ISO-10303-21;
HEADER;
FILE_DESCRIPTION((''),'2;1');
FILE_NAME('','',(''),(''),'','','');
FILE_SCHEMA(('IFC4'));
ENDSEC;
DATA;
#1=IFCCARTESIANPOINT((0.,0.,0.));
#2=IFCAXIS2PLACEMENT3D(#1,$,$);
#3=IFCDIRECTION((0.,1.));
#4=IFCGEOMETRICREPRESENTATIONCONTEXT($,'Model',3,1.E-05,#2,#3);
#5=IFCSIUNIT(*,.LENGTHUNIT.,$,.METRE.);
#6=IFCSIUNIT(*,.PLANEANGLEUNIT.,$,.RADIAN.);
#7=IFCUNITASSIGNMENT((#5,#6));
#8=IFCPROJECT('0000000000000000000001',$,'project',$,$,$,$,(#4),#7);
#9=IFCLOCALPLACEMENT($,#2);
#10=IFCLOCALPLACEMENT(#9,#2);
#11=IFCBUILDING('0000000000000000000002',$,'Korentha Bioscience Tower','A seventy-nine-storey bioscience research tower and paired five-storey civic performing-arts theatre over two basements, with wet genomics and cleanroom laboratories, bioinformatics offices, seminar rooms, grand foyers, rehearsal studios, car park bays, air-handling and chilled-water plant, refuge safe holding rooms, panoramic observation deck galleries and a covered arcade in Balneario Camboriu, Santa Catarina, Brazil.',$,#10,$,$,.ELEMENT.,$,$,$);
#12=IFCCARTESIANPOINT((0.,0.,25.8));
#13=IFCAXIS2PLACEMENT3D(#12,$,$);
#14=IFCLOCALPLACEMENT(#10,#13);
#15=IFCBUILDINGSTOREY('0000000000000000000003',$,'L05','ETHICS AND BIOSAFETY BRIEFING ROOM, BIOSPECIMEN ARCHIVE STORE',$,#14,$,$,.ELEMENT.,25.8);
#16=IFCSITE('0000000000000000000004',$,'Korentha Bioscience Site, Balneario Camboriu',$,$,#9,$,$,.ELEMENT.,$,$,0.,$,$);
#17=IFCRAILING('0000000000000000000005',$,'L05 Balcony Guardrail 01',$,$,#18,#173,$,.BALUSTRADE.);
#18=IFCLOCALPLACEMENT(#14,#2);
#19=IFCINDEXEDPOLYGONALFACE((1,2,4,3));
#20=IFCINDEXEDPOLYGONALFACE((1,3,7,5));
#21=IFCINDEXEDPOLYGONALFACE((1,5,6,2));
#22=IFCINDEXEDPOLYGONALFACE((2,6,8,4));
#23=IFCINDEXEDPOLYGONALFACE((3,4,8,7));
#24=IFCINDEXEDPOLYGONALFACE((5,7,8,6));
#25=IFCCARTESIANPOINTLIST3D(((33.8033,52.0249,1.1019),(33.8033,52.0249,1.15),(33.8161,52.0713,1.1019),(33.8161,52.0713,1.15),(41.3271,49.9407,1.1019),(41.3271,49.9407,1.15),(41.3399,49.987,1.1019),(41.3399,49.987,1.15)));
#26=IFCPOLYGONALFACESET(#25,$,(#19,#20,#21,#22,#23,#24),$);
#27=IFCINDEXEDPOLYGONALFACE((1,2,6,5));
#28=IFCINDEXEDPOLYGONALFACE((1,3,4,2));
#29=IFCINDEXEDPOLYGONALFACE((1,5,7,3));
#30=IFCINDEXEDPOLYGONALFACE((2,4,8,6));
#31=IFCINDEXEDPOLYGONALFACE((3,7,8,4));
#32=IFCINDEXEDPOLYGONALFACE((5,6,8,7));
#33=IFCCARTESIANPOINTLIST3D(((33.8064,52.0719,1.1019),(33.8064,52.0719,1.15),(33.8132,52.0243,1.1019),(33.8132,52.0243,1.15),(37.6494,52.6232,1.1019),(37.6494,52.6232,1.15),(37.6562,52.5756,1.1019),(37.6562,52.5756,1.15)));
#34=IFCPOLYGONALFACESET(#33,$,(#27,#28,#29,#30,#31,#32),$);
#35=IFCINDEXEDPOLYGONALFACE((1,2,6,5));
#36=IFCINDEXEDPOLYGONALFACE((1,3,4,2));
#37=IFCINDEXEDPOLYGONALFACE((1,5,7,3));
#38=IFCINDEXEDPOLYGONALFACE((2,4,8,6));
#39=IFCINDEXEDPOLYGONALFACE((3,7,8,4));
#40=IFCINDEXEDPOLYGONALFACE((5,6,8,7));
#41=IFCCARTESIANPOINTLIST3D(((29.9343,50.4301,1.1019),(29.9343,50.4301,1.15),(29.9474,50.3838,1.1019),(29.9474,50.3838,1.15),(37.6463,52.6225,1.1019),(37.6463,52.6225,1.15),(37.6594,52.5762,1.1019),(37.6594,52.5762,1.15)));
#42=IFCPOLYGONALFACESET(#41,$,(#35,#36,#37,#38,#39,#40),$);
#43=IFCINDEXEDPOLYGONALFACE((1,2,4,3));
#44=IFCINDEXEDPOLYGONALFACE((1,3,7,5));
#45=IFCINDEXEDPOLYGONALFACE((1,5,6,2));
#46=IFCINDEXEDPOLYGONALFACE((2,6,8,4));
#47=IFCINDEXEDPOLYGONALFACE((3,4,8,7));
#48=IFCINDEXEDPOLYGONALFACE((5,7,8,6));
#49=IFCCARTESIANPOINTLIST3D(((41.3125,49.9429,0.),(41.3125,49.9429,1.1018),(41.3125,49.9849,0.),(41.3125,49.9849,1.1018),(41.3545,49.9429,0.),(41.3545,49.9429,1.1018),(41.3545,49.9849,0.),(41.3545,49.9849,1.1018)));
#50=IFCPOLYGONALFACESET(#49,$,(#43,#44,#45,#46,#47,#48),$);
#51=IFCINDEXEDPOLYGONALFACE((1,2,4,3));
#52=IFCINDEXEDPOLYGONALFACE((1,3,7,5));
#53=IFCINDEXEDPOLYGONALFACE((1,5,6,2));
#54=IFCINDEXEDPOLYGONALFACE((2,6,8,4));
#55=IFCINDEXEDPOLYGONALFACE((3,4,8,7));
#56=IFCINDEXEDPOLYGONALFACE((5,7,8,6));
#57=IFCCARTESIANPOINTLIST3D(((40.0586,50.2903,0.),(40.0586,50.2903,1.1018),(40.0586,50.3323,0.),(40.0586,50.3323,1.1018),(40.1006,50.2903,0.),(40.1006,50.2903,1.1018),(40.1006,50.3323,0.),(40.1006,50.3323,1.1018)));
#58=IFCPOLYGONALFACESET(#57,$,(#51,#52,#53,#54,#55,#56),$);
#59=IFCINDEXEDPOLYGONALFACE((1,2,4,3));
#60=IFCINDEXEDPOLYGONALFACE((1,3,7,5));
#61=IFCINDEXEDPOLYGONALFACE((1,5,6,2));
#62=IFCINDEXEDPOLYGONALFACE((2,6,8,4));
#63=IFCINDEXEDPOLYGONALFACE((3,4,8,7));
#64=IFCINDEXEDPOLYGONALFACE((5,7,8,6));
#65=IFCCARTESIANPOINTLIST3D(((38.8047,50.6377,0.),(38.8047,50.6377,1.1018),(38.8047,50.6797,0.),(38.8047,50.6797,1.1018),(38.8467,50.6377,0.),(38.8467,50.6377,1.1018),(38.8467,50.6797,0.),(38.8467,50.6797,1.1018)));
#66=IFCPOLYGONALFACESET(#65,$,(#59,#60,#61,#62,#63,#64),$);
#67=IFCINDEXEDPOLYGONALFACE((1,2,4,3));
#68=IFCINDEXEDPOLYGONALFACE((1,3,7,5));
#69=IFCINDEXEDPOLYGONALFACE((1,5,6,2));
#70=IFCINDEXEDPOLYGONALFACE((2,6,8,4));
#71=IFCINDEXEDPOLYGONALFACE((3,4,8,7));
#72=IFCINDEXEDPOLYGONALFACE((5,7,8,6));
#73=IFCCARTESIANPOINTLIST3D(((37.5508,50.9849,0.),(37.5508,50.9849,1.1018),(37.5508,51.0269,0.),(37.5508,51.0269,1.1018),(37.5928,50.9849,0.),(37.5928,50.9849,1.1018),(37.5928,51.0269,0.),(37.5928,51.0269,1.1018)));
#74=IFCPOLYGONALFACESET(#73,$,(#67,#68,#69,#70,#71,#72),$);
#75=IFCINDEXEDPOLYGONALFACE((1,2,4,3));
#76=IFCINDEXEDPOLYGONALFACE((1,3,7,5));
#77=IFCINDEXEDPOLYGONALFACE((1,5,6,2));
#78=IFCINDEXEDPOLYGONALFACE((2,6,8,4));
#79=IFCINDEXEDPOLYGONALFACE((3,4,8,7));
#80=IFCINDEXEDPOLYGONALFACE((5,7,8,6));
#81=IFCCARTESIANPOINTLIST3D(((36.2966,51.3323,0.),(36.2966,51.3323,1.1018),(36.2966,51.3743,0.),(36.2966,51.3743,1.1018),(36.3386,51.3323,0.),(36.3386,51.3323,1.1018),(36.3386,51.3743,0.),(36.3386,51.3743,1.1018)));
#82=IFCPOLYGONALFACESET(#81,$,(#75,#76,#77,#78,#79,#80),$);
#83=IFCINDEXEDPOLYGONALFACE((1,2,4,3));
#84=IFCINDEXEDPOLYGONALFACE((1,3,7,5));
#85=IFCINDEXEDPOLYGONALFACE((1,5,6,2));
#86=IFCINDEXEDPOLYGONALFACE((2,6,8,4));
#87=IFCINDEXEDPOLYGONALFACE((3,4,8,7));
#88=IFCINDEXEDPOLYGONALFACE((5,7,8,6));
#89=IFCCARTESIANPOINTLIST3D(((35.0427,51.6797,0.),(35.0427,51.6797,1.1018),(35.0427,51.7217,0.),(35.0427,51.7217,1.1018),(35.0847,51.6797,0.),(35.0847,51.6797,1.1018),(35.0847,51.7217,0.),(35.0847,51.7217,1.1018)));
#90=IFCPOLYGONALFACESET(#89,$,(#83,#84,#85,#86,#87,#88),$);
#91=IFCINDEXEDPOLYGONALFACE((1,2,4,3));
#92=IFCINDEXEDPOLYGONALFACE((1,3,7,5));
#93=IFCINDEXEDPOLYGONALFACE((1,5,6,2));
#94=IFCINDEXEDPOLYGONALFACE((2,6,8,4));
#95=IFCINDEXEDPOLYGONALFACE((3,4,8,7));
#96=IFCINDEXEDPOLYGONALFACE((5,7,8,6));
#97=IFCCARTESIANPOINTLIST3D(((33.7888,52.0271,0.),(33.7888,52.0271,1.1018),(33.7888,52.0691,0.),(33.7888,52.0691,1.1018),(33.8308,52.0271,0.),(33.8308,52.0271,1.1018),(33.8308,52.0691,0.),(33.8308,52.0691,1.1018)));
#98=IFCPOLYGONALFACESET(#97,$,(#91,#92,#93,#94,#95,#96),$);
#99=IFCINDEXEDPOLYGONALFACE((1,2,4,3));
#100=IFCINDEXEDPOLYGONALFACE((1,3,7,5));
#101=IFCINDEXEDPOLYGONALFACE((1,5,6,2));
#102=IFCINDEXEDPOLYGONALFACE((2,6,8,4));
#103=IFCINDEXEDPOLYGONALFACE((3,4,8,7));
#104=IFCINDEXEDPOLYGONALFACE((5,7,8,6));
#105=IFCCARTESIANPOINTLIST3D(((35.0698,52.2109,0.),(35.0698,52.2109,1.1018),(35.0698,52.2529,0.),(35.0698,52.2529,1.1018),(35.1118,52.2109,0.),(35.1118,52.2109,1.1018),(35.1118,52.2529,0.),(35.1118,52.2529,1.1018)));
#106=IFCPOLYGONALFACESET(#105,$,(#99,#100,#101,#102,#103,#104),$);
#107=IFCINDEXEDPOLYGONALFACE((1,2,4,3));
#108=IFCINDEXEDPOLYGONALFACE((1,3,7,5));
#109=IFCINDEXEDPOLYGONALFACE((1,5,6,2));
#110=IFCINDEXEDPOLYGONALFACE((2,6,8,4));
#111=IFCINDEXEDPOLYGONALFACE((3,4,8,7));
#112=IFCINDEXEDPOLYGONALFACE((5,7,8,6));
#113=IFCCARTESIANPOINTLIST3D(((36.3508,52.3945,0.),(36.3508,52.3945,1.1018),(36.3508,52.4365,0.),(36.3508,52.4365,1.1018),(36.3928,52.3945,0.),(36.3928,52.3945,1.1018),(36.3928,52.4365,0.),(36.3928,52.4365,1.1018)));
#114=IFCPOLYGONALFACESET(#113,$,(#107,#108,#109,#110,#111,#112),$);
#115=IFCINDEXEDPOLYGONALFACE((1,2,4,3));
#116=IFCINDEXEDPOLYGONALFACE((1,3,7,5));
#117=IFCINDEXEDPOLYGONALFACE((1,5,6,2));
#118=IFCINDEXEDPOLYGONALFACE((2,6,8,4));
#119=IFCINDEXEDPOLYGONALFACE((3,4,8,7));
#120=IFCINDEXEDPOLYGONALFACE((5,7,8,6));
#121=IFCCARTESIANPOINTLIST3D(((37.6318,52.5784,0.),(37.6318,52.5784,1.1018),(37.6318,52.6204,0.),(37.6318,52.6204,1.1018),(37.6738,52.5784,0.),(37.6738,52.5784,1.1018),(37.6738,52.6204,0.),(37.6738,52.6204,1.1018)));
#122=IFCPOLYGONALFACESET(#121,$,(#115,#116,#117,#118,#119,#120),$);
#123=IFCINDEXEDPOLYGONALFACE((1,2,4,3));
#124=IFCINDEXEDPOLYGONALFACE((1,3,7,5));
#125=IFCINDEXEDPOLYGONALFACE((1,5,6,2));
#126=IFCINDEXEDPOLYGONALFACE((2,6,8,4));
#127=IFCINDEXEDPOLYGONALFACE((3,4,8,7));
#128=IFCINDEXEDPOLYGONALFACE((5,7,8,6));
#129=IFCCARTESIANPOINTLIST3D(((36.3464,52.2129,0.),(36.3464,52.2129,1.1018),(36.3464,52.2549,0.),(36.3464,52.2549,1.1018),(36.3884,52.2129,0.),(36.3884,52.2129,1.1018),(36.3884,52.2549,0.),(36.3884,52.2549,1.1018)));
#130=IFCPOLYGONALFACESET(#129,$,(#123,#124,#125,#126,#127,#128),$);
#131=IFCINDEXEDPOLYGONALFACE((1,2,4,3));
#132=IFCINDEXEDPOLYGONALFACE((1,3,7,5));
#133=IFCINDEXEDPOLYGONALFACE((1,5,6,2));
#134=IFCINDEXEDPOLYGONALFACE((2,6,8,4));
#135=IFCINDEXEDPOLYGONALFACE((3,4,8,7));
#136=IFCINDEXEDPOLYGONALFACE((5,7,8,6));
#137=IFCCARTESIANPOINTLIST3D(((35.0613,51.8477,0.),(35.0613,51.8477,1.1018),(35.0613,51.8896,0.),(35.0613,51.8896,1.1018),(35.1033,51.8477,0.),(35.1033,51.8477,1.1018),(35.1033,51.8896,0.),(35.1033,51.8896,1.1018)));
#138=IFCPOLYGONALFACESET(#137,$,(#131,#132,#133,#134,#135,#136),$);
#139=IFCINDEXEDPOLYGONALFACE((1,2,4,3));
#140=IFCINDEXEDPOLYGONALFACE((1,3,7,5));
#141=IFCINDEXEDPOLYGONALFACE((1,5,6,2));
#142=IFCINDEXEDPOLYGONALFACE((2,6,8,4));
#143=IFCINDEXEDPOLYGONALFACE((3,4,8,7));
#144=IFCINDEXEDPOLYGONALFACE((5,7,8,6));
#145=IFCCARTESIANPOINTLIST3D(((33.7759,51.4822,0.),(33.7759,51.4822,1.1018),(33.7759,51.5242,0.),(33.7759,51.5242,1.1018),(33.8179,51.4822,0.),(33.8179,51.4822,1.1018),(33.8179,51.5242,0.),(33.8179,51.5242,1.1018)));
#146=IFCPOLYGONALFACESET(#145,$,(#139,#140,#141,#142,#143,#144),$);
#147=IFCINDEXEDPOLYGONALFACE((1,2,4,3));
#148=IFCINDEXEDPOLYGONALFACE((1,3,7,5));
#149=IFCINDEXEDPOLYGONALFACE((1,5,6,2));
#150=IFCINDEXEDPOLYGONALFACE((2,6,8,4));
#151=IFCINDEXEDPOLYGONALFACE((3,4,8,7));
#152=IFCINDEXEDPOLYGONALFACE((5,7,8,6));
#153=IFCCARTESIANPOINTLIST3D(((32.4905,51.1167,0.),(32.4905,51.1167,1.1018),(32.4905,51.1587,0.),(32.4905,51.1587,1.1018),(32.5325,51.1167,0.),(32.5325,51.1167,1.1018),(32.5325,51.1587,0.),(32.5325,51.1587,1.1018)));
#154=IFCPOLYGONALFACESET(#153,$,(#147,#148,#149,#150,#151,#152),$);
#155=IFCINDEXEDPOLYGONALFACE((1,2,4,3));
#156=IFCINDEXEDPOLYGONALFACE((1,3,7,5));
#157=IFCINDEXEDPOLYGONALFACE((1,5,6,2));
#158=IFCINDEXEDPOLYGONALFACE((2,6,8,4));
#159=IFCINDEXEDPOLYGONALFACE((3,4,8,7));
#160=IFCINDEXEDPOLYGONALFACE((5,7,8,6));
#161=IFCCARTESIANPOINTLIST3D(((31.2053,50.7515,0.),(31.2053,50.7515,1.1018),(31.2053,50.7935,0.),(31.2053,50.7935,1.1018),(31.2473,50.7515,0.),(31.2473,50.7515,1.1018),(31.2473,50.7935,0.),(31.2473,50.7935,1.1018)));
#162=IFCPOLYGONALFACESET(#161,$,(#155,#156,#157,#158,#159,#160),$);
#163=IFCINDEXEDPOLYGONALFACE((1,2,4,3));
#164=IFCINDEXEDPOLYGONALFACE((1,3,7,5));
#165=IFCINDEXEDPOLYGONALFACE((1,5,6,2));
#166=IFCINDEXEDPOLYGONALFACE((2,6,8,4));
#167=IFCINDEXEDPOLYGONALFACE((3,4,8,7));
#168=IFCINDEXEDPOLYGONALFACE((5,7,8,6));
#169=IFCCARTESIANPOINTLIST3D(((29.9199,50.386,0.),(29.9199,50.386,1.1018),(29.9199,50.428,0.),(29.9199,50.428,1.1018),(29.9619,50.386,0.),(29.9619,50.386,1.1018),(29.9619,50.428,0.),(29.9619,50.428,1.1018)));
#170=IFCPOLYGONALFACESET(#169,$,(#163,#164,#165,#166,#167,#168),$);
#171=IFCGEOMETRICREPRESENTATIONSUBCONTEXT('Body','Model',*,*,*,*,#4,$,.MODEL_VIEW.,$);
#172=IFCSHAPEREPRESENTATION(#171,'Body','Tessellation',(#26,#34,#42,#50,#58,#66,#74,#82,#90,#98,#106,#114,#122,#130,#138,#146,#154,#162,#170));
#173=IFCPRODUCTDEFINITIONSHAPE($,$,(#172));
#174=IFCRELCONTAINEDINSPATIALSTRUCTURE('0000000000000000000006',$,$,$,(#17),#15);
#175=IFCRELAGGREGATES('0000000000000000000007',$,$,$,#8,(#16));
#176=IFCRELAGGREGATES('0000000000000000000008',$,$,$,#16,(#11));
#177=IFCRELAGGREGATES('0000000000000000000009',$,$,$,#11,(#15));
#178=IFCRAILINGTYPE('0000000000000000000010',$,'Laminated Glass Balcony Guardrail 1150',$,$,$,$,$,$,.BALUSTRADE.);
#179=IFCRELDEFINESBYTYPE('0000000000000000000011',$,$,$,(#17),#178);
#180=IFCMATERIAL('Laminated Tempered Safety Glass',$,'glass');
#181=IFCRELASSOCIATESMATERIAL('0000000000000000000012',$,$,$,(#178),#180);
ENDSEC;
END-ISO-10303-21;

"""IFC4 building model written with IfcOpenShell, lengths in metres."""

from ifc_helpers import new_model, si_unit, direction, frame, origin, origin_2d, place, context, subcontext, project, spatial, rectangle, extrude, material, type_object, element, save


model = new_model("IFC4")

# Units and contexts
model_context = context("Model", 3, precision=1e-05, world=origin(), true_north=direction((0.0, 1.0)))
body_context = subcontext(model_context, "Body", "Model", "MODEL_VIEW")
ifc_project = project(units=[si_unit("LENGTHUNIT", "METRE"), si_unit("PLANEANGLEUNIT", "RADIAN")], contexts=[model_context])

# Site, building, storey
site_placement = place(None, origin())
site = spatial("IfcSite", under=ifc_project, at=site_placement, Name="Korentha Bioscience Site, Balneario Camboriu", CompositionType="ELEMENT", RefElevation=0.0)
building_placement = place(site_placement, origin())
building = spatial("IfcBuilding", under=site, at=building_placement, Name="Korentha Bioscience Tower", Description="A seventy-nine-storey bioscience research tower and paired five-storey civic performing-arts theatre over two basements, with wet genomics and cleanroom laboratories, bioinformatics offices, seminar rooms, grand foyers, rehearsal studios, car park bays, air-handling and chilled-water plant, refuge safe holding rooms, panoramic observation deck galleries and a covered arcade in Balneario Camboriu, Santa Catarina, Brazil.", CompositionType="ELEMENT")
storey_placement = place(building_placement, frame((0.0, 0.0, 25.8)))
storey = spatial("IfcBuildingStorey", under=building, at=storey_placement, Name="L05", Description="ETHICS AND BIOSAFETY BRIEFING ROOM, BIOSPECIMEN ARCHIVE STORE", CompositionType="ELEMENT", Elevation=25.8)

# Railing
ifc_material_1 = material(Name="Laminated Tempered Safety Glass", Category="glass")
railing_type = type_object("IfcRailingType", Name="Laminated Glass Balcony Guardrail 1150", PredefinedType="BALUSTRADE", material=ifc_material_1)
railing_placement = place(storey_placement, frame((41.3335, 49.9639, 0.0)))
element("IfcRailing", 1, at=railing_placement, inside=storey, type_object=railing_type, Name="L05 Balcony Guardrail 01", PredefinedType="BALUSTRADE", context=body_context, shape_type="SweptSolid", body=[
    extrude(rectangle(XDim=0.0481, YDim=0.0481, at=origin_2d()), frame((0.0, 0.0, 1.126), z_axis=(-0.963705, 0.266968, 0.0), x_axis=(-0.266968, -0.963705, 0.0)), (0.0, 0.0, 1.0), 7.8071),
    extrude(rectangle(XDim=0.0481, YDim=0.0481, at=origin_2d()), frame((-7.5237, 2.0842, 1.126), z_axis=(0.989868, 0.141994, 0.0), x_axis=(-0.141994, 0.989868, 0.0)), (0.0, 0.0, 1.0), 3.8823),
    extrude(rectangle(XDim=0.0481, YDim=0.0481, at=origin_2d()), frame((-3.6807, 2.6355, 1.126), z_axis=(-0.961886, -0.27345, 0.0), x_axis=(0.27345, -0.961886, 0.0)), (0.0, 0.0, 1.0), 8.0176),
    extrude(rectangle(XDim=0.042, YDim=0.042, at=origin_2d()), origin(), (0.0, 0.0, 1.0), 1.1018),
    extrude(rectangle(XDim=0.042, YDim=0.042, at=origin_2d()), frame((-1.2539, 0.3474, 0.0)), (0.0, 0.0, 1.0), 1.1018),
    extrude(rectangle(XDim=0.042, YDim=0.042, at=origin_2d()), frame((-2.5078, 0.6948, 0.0)), (0.0, 0.0, 1.0), 1.1018),
    extrude(rectangle(XDim=0.042, YDim=0.042, at=origin_2d()), frame((-3.7617, 1.042, 0.0)), (0.0, 0.0, 1.0), 1.1018),
    extrude(rectangle(XDim=0.042, YDim=0.042, at=origin_2d()), frame((-5.0159, 1.3894, 0.0)), (0.0, 0.0, 1.0), 1.1018),
    extrude(rectangle(XDim=0.042, YDim=0.042, at=origin_2d()), frame((-6.2698, 1.7368, 0.0)), (0.0, 0.0, 1.0), 1.1018),
    extrude(rectangle(XDim=0.042, YDim=0.042, at=origin_2d()), frame((-7.5237, 2.0842, 0.0)), (0.0, 0.0, 1.0), 1.1018),
    extrude(rectangle(XDim=0.042, YDim=0.042, at=origin_2d()), frame((-6.2427, 2.2681, 0.0)), (0.0, 0.0, 1.0), 1.1018),
    extrude(rectangle(XDim=0.042, YDim=0.042, at=origin_2d()), frame((-4.9617, 2.4517, 0.0)), (0.0, 0.0, 1.0), 1.1018),
    extrude(rectangle(XDim=0.042, YDim=0.042, at=origin_2d()), frame((-3.6807, 2.6355, 0.0)), (0.0, 0.0, 1.0), 1.1018),
    extrude(rectangle(XDim=0.042, YDim=0.042, at=origin_2d()), frame((-4.9661, 2.27, 0.0)), (0.0, 0.0, 1.0), 1.1018),
    extrude(rectangle(XDim=0.042, YDim=0.042, at=origin_2d()), frame((-6.2512, 1.9048, 0.0)), (0.0, 0.0, 1.0), 1.1018),
    extrude(rectangle(XDim=0.042, YDim=0.042, at=origin_2d()), frame((-7.5366, 1.5393, 0.0)), (0.0, 0.0, 1.0), 1.1018),
    extrude(rectangle(XDim=0.042, YDim=0.042, at=origin_2d()), frame((-8.822, 1.1738, 0.0)), (0.0, 0.0, 1.0), 1.1018),
    extrude(rectangle(XDim=0.042, YDim=0.042, at=origin_2d()), frame((-10.1072, 0.8086, 0.0)), (0.0, 0.0, 1.0), 1.1018),
    extrude(rectangle(XDim=0.042, YDim=0.042, at=origin_2d()), frame((-11.3926, 0.4431, 0.0)), (0.0, 0.0, 1.0), 1.1018),
])

save(model, "model.ifc")
